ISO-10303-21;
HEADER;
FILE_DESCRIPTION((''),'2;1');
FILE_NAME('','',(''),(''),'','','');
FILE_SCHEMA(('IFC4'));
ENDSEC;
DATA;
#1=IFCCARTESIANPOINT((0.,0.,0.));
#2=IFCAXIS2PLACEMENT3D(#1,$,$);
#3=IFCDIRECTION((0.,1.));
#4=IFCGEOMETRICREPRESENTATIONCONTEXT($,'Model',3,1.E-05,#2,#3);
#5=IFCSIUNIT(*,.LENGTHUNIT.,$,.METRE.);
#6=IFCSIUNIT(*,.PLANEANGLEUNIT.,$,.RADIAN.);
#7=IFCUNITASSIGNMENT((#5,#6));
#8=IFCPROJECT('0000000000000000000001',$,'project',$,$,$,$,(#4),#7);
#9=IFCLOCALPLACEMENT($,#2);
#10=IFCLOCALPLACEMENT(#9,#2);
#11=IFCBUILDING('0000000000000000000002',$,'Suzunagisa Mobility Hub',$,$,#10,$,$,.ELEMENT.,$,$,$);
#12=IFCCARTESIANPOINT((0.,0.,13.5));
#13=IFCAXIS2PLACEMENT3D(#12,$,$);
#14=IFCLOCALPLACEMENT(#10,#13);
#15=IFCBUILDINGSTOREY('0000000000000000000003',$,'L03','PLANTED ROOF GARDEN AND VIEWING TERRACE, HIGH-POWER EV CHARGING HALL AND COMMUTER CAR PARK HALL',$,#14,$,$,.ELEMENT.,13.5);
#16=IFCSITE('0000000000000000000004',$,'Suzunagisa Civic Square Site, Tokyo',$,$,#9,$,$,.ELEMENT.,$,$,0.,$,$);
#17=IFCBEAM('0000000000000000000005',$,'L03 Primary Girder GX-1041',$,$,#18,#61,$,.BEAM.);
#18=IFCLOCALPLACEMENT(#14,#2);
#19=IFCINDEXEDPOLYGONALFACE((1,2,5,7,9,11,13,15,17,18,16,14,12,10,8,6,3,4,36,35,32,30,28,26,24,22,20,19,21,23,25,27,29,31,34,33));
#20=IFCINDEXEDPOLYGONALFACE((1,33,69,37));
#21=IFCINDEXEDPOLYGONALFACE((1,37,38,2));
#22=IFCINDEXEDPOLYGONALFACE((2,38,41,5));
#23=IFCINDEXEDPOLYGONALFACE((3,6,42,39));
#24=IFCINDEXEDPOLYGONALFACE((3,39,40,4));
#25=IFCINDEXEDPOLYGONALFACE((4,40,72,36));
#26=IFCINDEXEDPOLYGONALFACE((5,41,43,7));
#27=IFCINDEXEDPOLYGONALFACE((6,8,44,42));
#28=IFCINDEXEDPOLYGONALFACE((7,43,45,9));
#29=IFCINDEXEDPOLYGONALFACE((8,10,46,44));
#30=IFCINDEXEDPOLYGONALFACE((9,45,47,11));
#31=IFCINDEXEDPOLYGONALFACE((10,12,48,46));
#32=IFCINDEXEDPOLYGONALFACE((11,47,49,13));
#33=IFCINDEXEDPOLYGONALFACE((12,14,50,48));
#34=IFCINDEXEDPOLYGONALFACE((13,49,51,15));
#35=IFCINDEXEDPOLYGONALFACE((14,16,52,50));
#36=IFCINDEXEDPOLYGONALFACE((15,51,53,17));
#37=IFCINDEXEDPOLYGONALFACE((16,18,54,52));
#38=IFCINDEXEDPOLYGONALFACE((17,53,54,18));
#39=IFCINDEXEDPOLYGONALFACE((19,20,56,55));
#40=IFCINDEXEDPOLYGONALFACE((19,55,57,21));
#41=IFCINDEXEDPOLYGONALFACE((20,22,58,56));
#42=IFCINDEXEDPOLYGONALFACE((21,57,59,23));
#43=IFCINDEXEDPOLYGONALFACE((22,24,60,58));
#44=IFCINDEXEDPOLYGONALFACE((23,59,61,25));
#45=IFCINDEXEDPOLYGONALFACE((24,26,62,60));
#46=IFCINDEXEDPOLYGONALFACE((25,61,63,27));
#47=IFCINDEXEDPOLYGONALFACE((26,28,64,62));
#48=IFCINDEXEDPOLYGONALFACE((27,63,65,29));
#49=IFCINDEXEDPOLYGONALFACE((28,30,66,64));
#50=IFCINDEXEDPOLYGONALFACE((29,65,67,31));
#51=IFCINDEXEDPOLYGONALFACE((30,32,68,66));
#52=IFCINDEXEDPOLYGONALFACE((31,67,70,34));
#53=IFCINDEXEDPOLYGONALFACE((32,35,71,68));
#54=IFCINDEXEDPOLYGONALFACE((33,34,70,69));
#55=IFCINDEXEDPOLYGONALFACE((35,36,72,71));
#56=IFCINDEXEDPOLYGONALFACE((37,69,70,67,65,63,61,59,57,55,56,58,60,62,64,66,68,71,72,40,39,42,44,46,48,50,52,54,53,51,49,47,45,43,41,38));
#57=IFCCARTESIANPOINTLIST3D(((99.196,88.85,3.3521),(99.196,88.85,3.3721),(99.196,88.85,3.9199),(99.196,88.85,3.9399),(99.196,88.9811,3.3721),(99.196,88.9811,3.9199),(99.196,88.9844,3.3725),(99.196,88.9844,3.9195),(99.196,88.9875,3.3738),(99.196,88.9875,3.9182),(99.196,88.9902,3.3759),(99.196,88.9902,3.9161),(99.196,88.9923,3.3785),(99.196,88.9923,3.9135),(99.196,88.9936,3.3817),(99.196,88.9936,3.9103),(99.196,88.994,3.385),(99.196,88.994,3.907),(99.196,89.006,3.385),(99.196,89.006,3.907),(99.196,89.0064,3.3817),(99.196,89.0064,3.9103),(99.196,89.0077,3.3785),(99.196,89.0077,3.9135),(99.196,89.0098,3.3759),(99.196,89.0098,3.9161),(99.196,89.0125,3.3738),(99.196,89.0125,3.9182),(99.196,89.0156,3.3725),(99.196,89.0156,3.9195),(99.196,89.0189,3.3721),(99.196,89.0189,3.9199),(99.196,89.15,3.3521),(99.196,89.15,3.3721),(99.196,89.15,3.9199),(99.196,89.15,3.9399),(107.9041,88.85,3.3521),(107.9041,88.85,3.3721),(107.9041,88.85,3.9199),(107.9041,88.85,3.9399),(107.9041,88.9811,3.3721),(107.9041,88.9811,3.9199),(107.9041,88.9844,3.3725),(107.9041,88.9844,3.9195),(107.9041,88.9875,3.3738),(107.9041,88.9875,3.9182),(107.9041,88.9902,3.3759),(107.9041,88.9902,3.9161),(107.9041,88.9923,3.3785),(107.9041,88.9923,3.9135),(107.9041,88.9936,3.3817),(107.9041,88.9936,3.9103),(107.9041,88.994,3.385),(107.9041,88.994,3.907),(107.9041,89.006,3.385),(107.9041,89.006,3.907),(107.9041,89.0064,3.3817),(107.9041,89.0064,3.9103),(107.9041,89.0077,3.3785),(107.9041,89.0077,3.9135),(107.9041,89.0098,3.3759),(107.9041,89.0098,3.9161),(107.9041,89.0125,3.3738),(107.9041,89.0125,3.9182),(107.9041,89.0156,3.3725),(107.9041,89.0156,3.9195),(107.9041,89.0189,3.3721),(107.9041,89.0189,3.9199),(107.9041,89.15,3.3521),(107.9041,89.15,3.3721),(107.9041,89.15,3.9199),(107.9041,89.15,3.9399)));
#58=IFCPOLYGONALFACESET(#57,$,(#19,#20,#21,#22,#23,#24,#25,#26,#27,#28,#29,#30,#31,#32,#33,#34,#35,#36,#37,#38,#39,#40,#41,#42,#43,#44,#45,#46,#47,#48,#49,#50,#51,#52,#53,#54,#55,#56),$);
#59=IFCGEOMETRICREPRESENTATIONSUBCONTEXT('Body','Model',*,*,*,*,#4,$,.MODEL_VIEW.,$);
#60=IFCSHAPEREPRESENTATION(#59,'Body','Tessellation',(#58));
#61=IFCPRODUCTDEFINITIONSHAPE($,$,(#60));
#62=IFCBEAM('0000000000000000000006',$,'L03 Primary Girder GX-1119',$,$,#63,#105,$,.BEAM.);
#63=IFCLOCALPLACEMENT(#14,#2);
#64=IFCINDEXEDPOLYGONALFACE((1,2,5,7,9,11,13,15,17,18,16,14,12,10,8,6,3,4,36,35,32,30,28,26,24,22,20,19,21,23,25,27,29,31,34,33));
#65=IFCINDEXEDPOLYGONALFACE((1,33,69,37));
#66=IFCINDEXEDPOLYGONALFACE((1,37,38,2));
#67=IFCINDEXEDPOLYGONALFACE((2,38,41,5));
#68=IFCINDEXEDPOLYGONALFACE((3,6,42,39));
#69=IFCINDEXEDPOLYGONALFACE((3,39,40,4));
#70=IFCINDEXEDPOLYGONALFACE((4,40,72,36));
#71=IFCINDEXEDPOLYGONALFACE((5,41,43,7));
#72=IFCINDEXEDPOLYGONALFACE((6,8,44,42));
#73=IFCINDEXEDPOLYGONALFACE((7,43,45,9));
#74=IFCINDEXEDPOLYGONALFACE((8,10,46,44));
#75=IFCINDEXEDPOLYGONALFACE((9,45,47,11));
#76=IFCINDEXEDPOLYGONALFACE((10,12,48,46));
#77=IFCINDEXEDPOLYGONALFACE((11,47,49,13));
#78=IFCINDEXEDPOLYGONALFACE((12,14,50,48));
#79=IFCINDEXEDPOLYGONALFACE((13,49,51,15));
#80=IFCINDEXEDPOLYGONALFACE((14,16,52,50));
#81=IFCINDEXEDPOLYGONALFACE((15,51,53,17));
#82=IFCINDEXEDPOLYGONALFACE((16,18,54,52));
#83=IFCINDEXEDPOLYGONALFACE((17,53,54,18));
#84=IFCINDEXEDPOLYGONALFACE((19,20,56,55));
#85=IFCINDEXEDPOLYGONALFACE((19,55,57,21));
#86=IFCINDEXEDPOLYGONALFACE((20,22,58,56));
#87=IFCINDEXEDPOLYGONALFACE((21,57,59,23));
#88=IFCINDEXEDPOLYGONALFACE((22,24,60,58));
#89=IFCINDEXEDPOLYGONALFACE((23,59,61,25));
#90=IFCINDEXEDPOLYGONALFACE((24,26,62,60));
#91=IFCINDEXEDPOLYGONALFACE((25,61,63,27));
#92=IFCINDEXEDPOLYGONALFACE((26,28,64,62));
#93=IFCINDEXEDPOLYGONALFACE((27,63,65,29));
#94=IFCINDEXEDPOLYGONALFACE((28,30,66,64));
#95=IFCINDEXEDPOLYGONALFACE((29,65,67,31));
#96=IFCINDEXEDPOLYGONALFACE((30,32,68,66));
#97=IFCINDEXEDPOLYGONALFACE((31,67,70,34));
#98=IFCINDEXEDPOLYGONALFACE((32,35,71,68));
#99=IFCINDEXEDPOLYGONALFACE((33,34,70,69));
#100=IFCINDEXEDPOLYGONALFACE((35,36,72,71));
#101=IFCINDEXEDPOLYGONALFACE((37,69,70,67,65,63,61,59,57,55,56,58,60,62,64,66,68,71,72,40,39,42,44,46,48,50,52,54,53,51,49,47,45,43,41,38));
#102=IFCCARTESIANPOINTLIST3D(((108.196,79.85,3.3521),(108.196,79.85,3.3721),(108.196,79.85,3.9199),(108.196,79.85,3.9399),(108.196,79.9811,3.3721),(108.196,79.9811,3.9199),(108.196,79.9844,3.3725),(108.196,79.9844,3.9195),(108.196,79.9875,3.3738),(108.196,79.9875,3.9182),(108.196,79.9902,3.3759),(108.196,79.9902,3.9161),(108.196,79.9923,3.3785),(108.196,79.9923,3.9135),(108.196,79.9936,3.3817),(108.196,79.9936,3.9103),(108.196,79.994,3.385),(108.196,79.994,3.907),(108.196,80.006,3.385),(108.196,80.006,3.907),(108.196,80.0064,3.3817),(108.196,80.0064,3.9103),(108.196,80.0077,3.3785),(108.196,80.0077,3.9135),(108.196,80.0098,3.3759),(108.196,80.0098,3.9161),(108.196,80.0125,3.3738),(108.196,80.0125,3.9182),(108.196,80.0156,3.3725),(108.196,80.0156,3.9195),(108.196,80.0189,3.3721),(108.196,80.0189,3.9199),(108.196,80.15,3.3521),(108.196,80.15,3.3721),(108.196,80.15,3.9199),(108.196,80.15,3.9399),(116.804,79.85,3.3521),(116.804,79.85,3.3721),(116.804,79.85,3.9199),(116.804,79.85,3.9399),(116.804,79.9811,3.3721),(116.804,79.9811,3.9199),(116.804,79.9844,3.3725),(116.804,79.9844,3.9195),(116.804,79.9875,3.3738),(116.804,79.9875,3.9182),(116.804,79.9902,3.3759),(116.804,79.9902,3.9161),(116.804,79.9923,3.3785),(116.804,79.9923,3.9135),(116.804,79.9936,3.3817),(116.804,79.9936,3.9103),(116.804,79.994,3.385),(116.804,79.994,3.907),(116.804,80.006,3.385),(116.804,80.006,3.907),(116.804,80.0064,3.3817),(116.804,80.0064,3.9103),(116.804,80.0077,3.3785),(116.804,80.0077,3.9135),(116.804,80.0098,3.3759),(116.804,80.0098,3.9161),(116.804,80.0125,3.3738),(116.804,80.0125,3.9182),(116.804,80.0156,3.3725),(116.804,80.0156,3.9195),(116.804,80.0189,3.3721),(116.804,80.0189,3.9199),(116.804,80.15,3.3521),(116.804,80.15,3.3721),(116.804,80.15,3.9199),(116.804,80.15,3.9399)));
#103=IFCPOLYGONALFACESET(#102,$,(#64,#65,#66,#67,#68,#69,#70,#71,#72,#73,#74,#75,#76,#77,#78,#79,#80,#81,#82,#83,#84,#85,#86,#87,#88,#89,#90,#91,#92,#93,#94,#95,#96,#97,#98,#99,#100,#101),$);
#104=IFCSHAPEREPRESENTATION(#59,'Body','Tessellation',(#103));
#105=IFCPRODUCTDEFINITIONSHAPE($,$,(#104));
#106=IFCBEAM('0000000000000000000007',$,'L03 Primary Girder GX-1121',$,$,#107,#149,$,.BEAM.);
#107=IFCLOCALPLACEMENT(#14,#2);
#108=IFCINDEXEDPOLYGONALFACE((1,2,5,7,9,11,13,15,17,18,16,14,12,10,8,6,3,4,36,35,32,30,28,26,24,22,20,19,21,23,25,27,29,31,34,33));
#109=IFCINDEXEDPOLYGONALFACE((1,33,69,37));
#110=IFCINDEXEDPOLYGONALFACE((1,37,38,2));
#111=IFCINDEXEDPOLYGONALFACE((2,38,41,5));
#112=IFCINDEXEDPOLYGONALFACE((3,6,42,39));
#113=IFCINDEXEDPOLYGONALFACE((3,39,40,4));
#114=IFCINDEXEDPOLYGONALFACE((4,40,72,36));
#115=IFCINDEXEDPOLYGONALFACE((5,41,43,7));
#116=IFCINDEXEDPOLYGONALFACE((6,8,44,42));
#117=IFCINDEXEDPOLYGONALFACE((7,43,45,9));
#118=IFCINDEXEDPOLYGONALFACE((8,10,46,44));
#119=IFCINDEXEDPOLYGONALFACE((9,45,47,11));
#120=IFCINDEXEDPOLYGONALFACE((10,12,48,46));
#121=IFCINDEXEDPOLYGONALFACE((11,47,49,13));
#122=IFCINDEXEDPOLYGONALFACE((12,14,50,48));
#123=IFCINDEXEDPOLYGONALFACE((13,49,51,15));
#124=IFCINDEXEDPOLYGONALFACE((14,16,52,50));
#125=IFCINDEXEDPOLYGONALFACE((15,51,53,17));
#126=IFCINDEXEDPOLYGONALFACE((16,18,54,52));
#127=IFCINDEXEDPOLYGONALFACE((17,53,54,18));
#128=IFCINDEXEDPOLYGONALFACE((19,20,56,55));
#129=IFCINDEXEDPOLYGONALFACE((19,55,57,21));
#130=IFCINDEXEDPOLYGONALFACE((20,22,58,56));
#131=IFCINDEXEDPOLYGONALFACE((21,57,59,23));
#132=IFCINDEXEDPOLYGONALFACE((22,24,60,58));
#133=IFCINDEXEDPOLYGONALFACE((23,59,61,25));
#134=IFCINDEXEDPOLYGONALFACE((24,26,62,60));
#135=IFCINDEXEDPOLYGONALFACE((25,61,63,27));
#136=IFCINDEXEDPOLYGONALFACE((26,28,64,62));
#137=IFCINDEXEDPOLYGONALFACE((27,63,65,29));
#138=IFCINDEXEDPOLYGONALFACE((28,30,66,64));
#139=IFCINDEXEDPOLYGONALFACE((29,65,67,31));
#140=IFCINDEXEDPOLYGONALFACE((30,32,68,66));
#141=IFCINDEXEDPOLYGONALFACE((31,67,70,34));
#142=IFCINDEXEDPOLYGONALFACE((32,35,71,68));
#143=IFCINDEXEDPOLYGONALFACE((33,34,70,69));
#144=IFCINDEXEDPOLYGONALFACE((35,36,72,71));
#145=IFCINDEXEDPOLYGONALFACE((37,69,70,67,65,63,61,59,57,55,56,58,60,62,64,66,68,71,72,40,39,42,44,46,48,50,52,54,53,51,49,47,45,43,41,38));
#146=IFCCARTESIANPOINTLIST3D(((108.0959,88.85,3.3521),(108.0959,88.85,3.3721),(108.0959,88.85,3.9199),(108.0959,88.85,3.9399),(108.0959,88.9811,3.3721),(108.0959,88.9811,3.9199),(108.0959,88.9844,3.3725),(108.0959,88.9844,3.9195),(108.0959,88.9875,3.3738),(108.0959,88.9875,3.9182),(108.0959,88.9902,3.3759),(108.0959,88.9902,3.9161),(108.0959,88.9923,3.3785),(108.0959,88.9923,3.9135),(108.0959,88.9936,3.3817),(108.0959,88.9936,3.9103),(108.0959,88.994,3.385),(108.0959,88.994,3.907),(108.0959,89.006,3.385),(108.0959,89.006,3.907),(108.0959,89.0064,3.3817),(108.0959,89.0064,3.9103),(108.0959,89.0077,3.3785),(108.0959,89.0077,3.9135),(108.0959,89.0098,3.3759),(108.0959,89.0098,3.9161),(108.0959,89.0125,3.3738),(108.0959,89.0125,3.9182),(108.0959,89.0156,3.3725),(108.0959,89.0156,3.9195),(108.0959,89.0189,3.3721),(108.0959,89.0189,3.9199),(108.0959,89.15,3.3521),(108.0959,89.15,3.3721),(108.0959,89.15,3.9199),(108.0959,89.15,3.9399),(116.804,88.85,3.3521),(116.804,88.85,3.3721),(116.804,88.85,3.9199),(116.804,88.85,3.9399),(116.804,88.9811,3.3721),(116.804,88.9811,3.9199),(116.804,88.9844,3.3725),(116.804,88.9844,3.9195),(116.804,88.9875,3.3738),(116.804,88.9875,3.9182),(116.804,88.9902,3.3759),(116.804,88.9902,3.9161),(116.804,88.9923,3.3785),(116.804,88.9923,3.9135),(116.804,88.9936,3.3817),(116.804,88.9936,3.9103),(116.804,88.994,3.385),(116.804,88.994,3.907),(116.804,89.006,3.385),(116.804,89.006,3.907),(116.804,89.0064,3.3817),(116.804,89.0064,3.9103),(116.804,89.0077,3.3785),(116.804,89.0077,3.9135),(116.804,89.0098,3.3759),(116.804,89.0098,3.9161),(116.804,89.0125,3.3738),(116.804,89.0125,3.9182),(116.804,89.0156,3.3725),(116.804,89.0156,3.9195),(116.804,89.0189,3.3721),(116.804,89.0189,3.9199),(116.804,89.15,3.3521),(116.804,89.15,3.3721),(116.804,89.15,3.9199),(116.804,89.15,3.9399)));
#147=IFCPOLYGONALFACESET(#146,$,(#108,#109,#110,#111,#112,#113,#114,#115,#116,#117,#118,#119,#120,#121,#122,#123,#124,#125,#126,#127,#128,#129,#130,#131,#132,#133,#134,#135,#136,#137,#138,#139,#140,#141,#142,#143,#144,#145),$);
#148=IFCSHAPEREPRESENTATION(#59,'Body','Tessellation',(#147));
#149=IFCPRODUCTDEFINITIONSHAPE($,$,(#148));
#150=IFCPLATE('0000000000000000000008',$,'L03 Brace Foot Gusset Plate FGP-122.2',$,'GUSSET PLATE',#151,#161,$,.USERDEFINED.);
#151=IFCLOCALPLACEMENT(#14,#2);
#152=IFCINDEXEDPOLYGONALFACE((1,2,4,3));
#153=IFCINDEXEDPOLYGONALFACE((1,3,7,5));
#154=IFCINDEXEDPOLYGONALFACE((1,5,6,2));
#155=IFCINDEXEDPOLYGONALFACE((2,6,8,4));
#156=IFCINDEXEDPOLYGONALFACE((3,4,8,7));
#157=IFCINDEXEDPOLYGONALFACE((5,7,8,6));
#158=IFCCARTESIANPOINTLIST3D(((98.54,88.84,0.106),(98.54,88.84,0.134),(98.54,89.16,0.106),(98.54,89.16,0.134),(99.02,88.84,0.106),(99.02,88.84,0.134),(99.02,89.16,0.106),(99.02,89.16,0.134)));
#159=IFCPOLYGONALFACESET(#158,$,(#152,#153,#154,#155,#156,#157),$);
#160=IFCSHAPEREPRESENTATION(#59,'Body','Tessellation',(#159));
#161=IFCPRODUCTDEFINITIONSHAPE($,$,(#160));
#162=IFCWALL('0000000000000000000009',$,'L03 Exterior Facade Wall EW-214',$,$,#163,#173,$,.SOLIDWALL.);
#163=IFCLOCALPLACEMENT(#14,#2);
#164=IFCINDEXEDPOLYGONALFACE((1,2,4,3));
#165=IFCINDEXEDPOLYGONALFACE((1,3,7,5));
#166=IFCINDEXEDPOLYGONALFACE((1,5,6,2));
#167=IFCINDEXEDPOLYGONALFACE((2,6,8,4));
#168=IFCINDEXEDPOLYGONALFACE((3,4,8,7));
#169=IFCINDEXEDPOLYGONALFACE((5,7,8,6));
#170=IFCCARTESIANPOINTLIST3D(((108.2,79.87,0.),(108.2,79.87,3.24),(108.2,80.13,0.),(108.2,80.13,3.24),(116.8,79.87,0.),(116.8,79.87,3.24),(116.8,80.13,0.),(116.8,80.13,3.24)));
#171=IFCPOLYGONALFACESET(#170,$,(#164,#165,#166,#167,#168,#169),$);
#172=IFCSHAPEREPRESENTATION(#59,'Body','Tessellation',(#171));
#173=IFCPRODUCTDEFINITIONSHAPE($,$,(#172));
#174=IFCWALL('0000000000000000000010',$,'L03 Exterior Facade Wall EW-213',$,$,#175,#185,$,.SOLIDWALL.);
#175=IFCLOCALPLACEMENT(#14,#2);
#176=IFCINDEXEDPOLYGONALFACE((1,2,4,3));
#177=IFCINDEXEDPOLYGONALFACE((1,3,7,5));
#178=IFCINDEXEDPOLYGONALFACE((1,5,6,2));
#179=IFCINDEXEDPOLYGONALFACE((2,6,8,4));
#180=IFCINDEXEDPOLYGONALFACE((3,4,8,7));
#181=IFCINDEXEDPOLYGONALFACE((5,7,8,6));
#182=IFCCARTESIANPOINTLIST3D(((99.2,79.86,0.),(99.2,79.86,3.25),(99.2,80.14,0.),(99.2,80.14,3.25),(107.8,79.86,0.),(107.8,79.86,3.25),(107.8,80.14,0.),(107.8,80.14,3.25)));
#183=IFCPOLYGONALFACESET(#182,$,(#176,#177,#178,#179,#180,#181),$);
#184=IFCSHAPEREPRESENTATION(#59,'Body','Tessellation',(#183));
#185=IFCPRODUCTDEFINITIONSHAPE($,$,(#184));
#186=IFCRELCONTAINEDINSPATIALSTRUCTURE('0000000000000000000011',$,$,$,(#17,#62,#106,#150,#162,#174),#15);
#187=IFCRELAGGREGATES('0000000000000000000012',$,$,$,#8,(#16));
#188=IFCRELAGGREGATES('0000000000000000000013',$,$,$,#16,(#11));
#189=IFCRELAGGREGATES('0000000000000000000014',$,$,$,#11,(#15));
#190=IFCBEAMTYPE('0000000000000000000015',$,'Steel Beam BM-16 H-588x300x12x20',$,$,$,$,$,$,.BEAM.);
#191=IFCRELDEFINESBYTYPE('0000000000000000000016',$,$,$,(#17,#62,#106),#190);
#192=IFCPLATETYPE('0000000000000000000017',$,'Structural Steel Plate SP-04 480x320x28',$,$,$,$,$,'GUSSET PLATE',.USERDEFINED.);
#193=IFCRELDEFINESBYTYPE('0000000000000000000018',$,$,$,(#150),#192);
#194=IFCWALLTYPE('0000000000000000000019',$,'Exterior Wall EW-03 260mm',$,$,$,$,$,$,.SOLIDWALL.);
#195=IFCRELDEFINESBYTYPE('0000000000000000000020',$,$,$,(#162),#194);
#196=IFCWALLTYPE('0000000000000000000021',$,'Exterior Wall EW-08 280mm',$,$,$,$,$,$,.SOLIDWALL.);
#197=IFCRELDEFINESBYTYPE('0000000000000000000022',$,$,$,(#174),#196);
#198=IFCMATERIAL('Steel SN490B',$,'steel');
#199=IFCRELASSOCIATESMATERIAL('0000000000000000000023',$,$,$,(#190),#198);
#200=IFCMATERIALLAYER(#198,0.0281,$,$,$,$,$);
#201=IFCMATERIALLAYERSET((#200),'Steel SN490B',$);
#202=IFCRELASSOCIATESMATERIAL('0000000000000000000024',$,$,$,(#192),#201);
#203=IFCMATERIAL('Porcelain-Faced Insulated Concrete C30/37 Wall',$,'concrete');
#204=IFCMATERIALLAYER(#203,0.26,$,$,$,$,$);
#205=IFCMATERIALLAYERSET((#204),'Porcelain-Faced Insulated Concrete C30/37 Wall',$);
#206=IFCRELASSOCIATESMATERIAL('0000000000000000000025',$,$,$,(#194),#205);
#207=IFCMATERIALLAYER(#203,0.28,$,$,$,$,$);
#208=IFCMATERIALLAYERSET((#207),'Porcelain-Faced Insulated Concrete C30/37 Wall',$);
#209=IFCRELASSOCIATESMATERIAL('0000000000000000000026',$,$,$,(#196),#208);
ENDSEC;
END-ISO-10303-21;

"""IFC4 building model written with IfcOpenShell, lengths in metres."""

from ifc_helpers import new_model, si_unit, direction, frame, frame_2d, origin, origin_2d, place, context, subcontext, project, spatial, rectangle, i_section, extrude, material, layer, layer_set, material_profile, profile_set, type_object, element, save


model = new_model("IFC4")

# Units and contexts
model_context = context("Model", 3, precision=1e-05, world=origin(), true_north=direction((0.0, 1.0)))
body_context = subcontext(model_context, "Body", "Model", "MODEL_VIEW")
ifc_project = project(units=[si_unit("LENGTHUNIT", "METRE"), si_unit("PLANEANGLEUNIT", "RADIAN")], contexts=[model_context])

# Site, building, storey
site_placement = place(None, origin())
site = spatial("IfcSite", under=ifc_project, at=site_placement, Name="Suzunagisa Civic Square Site, Tokyo", CompositionType="ELEMENT", RefElevation=0.0)
building_placement = place(site_placement, origin())
building = spatial("IfcBuilding", under=site, at=building_placement, Name="Suzunagisa Mobility Hub", CompositionType="ELEMENT")
storey_placement = place(building_placement, frame((0.0, 0.0, 13.5)))
storey = spatial("IfcBuildingStorey", under=building, at=storey_placement, Name="L03", Description="PLANTED ROOF GARDEN AND VIEWING TERRACE, HIGH-POWER EV CHARGING HALL AND COMMUTER CAR PARK HALL", CompositionType="ELEMENT", Elevation=13.5)

# Shared definitions
ifc_material_1 = material(Name="Steel SN490B", Category="steel")

# Beams
ifc_material_profile_1 = material_profile(ifc_material_1, i_section(OverallWidth=0.3, OverallDepth=0.5879, WebThickness=0.012, FlangeThickness=0.02, FilletRadius=0.0129, at=origin_2d()), Name="H-588x300x12x20")
ifc_profile_set_1 = profile_set([ifc_material_profile_1], Name="Steel SN490B")
beam_type_1 = type_object("IfcBeamType", Name="Steel Beam BM-16 H-588x300x12x20", PredefinedType="BEAM", material=ifc_profile_set_1)
beam_1_placement = place(storey_placement, frame((99.196, 89.0, 3.646), z_axis=(1.0, 0.0, 0.0), x_axis=(0.0, 1.0, 0.0)))
element("IfcBeam", 1, at=beam_1_placement, inside=storey, type_object=beam_type_1, Name="L03 Primary Girder GX-1041", PredefinedType="BEAM", context=body_context, shape_type="SweptSolid", body=[
    extrude(i_section(OverallWidth=0.3, OverallDepth=0.5879, WebThickness=0.012, FlangeThickness=0.02, FilletRadius=0.0129, at=origin_2d()), origin(), (0.0, 0.0, 1.0), 8.708),
])
beam_2_placement = place(storey_placement, frame((108.196, 80.0, 3.646), z_axis=(1.0, 0.0, 0.0), x_axis=(0.0, 1.0, 0.0)))
element("IfcBeam", 2, at=beam_2_placement, inside=storey, type_object=beam_type_1, Name="L03 Primary Girder GX-1119", PredefinedType="BEAM", context=body_context, shape_type="SweptSolid", body=[
    extrude(i_section(OverallWidth=0.3, OverallDepth=0.5879, WebThickness=0.012, FlangeThickness=0.02, FilletRadius=0.0129, at=origin_2d()), origin(), (0.0, 0.0, 1.0), 8.6079),
])
beam_3_placement = place(storey_placement, frame((108.0959, 89.0, 3.646), z_axis=(1.0, 0.0, 0.0), x_axis=(0.0, 1.0, 0.0)))
element("IfcBeam", 3, at=beam_3_placement, inside=storey, type_object=beam_type_1, Name="L03 Primary Girder GX-1121", PredefinedType="BEAM", context=body_context, shape_type="SweptSolid", body=[
    extrude(i_section(OverallWidth=0.3, OverallDepth=0.5879, WebThickness=0.012, FlangeThickness=0.02, FilletRadius=0.0129, at=origin_2d()), origin(), (0.0, 0.0, 1.0), 8.708),
])

# Plate
ifc_layer_1 = layer(ifc_material_1, 0.0281)
ifc_layer_set_1 = layer_set([ifc_layer_1], Name="Steel SN490B")
plate_type = type_object("IfcPlateType", Name="Structural Steel Plate SP-04 480x320x28", ElementType="GUSSET PLATE", PredefinedType="USERDEFINED", material=ifc_layer_set_1)
plate_placement = place(storey_placement, frame((98.78, 89.0, 0.106), z_axis=(0.0, 0.0, 1.0), x_axis=(1.0, 0.0, 0.0)))
element("IfcPlate", 4, at=plate_placement, inside=storey, type_object=plate_type, Name="L03 Brace Foot Gusset Plate FGP-122.2", ObjectType="GUSSET PLATE", PredefinedType="USERDEFINED", context=body_context, shape_type="SweptSolid", body=[
    extrude(rectangle(XDim=0.48, YDim=0.3201, at=origin_2d()), origin(), (0.0, 0.0, 1.0), 0.0281),
])

# Walls
ifc_material_2 = material(Name="Porcelain-Faced Insulated Concrete C30/37 Wall", Category="concrete")
ifc_layer_2 = layer(ifc_material_2, 0.26)
ifc_layer_set_2 = layer_set([ifc_layer_2], Name="Porcelain-Faced Insulated Concrete C30/37 Wall")
wall_type_1 = type_object("IfcWallType", Name="Exterior Wall EW-03 260mm", PredefinedType="SOLIDWALL", material=ifc_layer_set_2)
wall_1_placement = place(storey_placement, frame((108.2, 80.0, 0.0), z_axis=(0.0, 0.0, 1.0), x_axis=(1.0, 0.0, 0.0)))
element("IfcWall", 5, at=wall_1_placement, inside=storey, type_object=wall_type_1, Name="L03 Exterior Facade Wall EW-214", PredefinedType="SOLIDWALL", context=body_context, shape_type="SweptSolid", body=[
    extrude(rectangle(XDim=8.6001, YDim=0.26, at=frame_2d((4.3, 0.0))), origin(), (0.0, 0.0, 1.0), 3.24),
])
ifc_layer_3 = layer(ifc_material_2, 0.28)
ifc_layer_set_3 = layer_set([ifc_layer_3], Name="Porcelain-Faced Insulated Concrete C30/37 Wall")
wall_type_2 = type_object("IfcWallType", Name="Exterior Wall EW-08 280mm", PredefinedType="SOLIDWALL", material=ifc_layer_set_3)
wall_2_placement = place(storey_placement, frame((99.2, 80.0, 0.0), z_axis=(0.0, 0.0, 1.0), x_axis=(1.0, 0.0, 0.0)))
element("IfcWall", 6, at=wall_2_placement, inside=storey, type_object=wall_type_2, Name="L03 Exterior Facade Wall EW-213", PredefinedType="SOLIDWALL", context=body_context, shape_type="SweptSolid", body=[
    extrude(rectangle(XDim=8.6001, YDim=0.28, at=frame_2d((4.3, 0.0))), origin(), (0.0, 0.0, 1.0), 3.25),
])

save(model, "model.ifc")
